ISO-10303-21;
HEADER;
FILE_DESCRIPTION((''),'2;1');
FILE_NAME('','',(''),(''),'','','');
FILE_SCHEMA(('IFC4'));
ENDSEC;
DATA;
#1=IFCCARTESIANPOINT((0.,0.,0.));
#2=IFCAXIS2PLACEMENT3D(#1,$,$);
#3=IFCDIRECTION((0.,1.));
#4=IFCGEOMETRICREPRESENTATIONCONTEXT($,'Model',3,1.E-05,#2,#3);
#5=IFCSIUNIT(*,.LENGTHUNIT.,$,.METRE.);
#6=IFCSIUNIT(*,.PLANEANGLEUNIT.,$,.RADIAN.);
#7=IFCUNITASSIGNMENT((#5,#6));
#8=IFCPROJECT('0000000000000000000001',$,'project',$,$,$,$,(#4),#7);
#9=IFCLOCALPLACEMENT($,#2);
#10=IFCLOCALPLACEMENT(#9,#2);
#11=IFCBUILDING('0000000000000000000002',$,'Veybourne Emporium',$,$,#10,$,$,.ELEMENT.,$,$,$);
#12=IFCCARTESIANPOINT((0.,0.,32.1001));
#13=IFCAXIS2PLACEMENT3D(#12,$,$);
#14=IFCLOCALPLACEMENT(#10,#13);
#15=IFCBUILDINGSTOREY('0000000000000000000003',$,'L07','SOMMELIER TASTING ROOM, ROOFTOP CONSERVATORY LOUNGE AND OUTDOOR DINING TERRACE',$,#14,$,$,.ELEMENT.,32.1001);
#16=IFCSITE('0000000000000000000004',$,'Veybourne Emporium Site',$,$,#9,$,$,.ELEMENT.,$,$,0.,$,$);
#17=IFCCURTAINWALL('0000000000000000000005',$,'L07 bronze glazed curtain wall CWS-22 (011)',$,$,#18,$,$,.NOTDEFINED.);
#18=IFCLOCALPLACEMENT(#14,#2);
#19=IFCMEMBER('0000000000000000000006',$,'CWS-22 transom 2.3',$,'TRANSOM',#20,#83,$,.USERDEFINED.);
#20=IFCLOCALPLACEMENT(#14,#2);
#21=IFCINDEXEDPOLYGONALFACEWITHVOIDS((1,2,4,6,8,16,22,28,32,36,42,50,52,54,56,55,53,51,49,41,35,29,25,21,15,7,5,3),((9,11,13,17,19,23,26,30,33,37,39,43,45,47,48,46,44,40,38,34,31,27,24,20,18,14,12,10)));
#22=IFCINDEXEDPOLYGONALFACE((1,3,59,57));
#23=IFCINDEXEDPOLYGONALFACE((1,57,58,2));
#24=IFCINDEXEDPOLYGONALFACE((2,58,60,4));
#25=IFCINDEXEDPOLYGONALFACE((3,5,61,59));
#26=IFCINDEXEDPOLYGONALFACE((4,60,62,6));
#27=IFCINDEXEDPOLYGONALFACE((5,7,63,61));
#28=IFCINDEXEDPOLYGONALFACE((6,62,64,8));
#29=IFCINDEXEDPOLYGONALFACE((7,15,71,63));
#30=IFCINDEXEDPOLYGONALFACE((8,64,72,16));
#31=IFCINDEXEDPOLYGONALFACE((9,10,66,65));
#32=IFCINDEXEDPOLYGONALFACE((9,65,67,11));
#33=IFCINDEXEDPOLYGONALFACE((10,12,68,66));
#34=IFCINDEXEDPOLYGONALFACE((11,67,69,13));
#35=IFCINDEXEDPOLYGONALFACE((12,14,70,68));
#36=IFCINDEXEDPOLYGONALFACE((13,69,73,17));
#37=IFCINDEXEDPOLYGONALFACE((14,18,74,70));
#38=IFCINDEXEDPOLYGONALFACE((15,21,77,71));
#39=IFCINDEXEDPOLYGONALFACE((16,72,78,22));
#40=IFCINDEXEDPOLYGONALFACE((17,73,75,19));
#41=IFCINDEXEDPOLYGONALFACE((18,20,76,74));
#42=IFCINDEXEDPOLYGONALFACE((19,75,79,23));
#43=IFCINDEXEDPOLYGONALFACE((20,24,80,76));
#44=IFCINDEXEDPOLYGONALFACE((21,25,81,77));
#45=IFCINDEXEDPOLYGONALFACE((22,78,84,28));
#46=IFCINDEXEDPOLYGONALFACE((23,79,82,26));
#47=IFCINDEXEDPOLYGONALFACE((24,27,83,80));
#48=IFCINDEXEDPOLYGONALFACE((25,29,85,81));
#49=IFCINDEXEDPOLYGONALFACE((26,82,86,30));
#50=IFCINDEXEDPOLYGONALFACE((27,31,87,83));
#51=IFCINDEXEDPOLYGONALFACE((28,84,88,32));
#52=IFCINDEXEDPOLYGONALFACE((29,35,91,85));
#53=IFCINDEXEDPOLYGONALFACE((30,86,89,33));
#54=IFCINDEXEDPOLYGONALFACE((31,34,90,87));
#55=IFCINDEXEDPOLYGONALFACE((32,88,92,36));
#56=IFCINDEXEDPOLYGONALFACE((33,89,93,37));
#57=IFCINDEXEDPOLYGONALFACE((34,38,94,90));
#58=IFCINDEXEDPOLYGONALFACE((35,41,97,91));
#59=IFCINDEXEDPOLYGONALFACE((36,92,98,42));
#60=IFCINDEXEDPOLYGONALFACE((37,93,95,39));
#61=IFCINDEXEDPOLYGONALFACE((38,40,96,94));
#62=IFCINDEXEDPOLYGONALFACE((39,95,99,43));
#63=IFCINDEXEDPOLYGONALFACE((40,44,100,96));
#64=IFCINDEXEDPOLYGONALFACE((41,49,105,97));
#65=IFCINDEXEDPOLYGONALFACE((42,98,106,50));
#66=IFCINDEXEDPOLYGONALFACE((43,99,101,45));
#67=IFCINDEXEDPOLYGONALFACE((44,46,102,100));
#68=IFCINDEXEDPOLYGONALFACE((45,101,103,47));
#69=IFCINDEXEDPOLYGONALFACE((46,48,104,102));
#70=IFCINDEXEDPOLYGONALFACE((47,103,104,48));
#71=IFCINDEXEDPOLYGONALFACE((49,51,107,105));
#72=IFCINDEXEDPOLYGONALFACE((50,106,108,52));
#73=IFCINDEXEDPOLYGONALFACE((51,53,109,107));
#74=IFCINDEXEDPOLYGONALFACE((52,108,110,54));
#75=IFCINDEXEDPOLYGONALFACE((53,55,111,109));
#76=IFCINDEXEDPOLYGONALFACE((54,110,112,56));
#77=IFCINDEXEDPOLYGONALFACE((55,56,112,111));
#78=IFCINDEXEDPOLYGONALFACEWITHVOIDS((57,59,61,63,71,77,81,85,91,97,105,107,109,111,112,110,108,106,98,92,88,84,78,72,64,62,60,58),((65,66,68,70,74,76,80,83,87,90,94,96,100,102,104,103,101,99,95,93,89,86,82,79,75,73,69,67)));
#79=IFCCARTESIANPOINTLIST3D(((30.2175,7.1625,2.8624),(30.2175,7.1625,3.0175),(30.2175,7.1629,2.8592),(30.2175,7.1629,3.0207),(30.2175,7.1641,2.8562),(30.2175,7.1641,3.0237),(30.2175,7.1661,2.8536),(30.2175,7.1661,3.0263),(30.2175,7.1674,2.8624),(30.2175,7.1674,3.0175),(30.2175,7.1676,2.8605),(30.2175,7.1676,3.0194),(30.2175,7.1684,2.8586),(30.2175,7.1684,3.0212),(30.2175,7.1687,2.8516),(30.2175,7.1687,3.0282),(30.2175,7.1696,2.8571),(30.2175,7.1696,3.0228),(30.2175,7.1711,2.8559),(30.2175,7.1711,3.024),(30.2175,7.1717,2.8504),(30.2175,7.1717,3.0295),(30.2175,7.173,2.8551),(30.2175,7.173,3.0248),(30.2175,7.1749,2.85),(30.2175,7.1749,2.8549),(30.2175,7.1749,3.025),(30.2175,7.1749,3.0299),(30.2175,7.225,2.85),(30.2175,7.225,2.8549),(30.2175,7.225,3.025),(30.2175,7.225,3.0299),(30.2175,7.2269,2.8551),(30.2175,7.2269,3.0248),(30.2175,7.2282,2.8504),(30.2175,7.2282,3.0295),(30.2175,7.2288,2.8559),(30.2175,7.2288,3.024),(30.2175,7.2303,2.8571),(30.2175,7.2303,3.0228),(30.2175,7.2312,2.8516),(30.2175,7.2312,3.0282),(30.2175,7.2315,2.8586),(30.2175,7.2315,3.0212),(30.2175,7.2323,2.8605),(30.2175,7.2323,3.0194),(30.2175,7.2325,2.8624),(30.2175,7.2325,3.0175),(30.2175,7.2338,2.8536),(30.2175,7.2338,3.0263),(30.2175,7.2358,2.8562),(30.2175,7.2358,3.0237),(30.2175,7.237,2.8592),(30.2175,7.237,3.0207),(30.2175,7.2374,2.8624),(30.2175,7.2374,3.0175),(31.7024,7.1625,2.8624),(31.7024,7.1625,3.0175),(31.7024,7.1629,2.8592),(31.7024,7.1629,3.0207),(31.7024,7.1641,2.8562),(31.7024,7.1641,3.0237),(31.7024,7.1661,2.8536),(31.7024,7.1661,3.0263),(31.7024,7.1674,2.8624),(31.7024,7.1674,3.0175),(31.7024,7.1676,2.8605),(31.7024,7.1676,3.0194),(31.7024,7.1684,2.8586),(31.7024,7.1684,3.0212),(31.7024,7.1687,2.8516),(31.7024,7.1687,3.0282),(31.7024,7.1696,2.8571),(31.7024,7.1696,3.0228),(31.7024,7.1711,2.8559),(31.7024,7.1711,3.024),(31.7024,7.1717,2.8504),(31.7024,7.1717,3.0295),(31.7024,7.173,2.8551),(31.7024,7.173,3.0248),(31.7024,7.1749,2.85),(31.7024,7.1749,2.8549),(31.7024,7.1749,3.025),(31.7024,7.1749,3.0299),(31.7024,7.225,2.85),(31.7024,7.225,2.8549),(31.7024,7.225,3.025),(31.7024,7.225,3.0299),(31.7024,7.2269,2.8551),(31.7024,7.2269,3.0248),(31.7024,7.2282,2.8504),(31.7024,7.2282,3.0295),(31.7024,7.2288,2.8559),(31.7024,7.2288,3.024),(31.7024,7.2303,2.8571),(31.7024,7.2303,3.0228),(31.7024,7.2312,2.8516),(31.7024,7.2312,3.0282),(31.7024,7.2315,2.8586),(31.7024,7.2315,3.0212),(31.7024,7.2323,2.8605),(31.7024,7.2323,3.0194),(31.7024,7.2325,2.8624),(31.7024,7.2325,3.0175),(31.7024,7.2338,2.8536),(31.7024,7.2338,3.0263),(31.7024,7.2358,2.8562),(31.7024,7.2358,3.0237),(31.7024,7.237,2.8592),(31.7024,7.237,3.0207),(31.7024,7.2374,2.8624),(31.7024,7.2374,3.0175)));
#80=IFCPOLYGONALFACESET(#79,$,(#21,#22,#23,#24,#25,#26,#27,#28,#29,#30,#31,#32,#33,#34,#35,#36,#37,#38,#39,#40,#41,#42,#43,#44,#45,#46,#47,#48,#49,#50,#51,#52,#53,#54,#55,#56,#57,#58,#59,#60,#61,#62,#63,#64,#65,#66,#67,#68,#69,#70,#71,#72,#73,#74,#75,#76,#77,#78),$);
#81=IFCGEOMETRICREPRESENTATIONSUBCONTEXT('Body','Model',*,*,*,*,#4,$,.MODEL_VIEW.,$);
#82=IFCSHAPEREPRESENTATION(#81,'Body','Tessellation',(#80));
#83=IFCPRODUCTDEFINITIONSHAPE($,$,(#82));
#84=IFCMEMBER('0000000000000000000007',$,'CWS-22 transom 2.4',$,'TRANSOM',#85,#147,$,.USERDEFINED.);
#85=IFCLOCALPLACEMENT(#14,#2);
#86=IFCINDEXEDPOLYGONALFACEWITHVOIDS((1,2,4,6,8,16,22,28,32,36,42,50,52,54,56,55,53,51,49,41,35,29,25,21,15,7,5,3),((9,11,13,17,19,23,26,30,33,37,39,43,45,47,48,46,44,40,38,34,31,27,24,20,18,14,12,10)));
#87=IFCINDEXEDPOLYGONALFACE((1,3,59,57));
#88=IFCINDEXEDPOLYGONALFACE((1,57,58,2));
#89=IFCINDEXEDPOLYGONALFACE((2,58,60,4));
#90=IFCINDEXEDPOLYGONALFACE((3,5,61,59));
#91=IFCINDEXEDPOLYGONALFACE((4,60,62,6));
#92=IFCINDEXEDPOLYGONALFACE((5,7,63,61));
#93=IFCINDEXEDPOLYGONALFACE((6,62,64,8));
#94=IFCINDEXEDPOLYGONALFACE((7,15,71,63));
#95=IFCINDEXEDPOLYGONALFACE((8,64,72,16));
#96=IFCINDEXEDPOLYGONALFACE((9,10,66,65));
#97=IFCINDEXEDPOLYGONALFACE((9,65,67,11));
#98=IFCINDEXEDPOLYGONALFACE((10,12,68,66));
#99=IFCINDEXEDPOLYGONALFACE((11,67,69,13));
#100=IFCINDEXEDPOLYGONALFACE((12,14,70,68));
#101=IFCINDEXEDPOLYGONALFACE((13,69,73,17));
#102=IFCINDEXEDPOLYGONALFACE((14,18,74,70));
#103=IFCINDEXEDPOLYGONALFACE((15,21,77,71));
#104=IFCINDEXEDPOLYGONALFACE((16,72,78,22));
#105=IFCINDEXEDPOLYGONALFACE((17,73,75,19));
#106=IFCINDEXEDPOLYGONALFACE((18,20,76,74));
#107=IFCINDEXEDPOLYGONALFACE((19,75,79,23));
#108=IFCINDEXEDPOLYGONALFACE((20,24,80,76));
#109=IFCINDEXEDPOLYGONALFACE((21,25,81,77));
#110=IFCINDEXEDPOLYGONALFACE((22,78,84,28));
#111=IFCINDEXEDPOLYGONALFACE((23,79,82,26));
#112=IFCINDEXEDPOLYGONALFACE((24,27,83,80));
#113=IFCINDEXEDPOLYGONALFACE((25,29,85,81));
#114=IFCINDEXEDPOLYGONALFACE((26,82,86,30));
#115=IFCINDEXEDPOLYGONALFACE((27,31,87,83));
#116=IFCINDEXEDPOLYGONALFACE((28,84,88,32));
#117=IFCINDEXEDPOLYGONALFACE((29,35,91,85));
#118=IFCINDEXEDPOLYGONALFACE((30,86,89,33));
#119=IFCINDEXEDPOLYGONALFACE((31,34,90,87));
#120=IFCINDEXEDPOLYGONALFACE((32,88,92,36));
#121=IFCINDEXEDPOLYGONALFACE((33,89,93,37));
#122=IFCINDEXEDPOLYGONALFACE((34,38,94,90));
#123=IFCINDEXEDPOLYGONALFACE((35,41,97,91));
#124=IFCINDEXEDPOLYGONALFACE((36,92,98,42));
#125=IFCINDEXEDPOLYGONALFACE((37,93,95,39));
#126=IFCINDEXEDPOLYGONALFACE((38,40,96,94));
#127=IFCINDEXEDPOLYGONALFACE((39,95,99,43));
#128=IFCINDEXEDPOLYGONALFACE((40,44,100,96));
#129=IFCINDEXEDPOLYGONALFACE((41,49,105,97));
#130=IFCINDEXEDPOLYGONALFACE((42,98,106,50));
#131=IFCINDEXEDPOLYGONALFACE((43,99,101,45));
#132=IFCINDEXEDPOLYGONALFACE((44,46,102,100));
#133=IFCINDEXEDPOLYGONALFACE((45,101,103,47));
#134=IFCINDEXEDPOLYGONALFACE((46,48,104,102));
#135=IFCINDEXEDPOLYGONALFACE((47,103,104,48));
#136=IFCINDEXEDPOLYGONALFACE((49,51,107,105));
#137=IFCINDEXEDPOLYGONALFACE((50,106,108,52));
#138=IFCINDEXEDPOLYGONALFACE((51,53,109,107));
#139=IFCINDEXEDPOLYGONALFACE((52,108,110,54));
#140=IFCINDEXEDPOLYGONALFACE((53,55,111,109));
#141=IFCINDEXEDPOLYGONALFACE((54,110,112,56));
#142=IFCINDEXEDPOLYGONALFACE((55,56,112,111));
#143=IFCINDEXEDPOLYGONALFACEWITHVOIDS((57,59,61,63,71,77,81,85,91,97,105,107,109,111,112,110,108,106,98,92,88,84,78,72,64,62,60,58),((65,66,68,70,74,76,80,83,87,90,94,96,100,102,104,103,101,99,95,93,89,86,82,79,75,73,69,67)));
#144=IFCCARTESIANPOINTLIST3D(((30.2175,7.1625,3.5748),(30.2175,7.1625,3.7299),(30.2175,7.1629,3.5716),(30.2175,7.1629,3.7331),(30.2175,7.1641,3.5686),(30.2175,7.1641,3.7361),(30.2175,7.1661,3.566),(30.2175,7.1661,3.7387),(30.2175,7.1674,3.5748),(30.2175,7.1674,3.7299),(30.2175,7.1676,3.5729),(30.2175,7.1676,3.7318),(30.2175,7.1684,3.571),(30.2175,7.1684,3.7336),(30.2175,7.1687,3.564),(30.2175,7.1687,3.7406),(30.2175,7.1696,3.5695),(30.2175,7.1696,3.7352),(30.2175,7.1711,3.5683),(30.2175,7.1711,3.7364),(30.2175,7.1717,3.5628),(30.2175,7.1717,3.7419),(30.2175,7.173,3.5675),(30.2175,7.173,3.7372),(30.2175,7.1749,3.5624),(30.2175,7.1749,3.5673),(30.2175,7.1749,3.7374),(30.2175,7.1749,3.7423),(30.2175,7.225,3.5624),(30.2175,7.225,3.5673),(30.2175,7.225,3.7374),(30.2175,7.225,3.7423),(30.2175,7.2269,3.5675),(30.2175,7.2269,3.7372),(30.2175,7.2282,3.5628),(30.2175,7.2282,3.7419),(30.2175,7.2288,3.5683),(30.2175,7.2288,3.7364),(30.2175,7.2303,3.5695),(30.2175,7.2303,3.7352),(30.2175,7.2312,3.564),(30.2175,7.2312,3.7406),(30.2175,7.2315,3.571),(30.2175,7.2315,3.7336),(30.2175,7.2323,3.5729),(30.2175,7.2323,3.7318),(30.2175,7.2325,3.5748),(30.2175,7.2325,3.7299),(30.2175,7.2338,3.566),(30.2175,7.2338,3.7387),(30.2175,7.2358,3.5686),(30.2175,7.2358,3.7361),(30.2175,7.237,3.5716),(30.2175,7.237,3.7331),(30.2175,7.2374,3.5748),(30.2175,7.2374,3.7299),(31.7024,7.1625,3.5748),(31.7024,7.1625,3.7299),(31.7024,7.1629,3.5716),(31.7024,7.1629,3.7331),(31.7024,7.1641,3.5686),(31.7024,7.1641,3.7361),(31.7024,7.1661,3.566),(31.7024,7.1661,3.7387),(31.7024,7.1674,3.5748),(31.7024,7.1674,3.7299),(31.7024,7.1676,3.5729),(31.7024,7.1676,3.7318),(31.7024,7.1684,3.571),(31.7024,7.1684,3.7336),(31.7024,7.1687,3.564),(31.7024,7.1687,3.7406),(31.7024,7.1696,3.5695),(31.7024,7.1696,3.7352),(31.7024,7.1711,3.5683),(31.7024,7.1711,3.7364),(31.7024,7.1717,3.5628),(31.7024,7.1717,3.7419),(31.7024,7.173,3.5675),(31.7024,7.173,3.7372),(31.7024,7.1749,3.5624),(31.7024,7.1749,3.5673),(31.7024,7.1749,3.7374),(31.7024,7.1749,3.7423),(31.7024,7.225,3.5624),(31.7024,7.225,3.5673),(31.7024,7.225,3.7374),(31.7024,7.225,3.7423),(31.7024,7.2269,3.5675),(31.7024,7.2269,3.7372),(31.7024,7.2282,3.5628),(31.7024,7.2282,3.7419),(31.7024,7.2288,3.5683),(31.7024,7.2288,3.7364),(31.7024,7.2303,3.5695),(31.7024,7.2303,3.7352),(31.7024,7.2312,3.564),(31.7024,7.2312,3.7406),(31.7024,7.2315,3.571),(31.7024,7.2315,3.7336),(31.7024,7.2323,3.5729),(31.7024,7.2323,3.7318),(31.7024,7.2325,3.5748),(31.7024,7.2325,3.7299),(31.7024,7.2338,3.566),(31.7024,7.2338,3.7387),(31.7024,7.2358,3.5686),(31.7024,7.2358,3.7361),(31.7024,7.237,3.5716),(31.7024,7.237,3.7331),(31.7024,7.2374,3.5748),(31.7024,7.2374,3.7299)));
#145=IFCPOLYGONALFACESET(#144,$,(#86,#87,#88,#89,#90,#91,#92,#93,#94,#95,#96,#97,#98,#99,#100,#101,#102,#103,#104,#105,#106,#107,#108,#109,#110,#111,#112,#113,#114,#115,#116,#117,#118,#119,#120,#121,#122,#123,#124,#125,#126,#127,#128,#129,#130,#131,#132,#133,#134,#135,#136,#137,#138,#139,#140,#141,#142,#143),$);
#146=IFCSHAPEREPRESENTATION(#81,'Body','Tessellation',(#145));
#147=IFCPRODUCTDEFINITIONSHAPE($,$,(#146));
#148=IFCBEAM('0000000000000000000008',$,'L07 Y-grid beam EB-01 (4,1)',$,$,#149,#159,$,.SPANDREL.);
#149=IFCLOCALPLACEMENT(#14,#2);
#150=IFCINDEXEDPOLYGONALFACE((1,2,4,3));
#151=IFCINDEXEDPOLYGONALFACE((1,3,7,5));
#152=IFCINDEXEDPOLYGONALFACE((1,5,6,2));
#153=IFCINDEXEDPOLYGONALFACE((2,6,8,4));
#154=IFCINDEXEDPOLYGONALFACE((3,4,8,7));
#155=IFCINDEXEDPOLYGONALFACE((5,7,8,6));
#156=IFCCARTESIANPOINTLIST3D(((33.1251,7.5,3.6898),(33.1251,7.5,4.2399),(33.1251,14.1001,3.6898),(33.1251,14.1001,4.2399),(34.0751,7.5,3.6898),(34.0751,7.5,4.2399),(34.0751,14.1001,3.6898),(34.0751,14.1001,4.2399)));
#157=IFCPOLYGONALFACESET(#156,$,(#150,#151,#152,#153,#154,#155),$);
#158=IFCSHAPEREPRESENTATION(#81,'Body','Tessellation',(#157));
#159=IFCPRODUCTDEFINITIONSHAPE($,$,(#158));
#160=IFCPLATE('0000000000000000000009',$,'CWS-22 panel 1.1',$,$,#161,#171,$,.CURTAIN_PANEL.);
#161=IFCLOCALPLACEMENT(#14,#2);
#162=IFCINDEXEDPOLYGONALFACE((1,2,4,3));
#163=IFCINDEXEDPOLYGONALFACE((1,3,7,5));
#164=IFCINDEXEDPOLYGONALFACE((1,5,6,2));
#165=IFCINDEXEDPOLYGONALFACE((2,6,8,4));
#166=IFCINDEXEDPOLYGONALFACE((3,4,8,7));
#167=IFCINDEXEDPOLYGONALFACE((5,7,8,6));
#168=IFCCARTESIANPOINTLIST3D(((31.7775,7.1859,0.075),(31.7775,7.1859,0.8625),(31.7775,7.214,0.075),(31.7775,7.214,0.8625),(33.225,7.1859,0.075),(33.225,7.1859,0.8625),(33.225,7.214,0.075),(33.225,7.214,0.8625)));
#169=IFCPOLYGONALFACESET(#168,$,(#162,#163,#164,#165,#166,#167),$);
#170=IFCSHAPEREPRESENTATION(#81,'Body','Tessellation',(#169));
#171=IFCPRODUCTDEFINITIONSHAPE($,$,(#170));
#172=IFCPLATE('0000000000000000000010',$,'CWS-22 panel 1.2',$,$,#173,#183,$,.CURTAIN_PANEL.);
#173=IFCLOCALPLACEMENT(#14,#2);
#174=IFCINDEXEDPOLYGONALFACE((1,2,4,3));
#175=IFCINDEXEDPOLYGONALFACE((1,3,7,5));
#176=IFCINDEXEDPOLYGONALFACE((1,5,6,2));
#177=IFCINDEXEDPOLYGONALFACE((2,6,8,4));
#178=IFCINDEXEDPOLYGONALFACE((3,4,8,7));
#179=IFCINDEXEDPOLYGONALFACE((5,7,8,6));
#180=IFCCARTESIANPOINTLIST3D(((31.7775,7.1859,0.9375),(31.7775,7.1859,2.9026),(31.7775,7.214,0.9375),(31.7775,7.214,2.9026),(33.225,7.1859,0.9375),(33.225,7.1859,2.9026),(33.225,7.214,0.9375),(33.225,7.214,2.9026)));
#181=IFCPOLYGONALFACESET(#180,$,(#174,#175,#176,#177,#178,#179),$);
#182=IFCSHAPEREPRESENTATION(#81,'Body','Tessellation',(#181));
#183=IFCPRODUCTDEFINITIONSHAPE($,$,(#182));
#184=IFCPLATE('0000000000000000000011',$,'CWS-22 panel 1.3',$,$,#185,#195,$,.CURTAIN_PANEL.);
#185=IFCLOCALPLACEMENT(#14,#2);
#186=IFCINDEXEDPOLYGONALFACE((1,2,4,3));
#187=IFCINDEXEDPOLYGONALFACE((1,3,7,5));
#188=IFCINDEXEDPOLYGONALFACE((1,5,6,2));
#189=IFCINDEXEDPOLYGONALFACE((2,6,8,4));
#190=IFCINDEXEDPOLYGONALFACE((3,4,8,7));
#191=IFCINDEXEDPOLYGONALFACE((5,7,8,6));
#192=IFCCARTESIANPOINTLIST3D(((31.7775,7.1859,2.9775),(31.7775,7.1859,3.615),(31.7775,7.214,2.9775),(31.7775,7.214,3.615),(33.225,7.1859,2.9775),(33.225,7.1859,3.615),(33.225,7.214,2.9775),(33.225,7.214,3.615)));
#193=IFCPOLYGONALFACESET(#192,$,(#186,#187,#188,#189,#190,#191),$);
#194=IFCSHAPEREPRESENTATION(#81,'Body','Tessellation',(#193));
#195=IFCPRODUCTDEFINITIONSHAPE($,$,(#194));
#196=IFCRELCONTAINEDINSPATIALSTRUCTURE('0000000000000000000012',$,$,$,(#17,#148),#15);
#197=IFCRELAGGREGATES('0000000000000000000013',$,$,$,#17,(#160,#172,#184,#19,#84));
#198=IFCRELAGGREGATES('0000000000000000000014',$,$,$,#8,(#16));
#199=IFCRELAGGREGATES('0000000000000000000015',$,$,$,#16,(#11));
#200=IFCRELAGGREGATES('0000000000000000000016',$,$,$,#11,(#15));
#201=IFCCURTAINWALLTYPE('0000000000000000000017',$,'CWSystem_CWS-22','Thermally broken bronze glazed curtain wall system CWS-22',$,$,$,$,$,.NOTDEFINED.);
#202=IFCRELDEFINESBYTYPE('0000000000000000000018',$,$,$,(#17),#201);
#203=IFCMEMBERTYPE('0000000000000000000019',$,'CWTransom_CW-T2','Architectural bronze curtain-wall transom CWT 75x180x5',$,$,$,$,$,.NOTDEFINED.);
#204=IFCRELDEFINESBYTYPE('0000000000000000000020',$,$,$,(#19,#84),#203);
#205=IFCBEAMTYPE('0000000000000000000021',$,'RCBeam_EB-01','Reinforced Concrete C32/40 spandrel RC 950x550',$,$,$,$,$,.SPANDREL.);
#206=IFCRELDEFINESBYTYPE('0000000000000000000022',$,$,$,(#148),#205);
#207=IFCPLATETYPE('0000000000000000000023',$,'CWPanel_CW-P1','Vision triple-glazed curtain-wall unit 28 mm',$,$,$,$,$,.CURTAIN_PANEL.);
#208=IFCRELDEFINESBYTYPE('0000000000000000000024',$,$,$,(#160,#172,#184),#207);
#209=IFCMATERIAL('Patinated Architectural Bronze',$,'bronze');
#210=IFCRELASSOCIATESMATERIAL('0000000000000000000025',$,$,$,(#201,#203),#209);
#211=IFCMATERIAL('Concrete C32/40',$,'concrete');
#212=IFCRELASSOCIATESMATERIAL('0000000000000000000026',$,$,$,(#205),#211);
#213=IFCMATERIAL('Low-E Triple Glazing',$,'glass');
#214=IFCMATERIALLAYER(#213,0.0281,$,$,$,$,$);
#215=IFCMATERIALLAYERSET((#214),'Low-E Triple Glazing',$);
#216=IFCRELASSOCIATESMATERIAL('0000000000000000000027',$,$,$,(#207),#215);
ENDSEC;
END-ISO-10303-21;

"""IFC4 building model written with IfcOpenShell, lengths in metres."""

from ifc_helpers import new_model, si_unit, direction, frame, origin, origin_2d, place, context, subcontext, project, spatial, rectangle, hollow_rectangle, extrude, material, layer, layer_set, material_profile, profile_set, type_object, element, aggregate, save


model = new_model("IFC4")

# Units and contexts
model_context = context("Model", 3, precision=1e-05, world=origin(), true_north=direction((0.0, 1.0)))
body_context = subcontext(model_context, "Body", "Model", "MODEL_VIEW")
ifc_project = project(units=[si_unit("LENGTHUNIT", "METRE"), si_unit("PLANEANGLEUNIT", "RADIAN")], contexts=[model_context])

# Site, building, storey
site_placement = place(None, origin())
site = spatial("IfcSite", under=ifc_project, at=site_placement, Name="Veybourne Emporium Site", CompositionType="ELEMENT", RefElevation=0.0)
building_placement = place(site_placement, origin())
building = spatial("IfcBuilding", under=site, at=building_placement, Name="Veybourne Emporium", CompositionType="ELEMENT")
storey_placement = place(building_placement, frame((0.0, 0.0, 32.1001)))
storey = spatial("IfcBuildingStorey", under=building, at=storey_placement, Name="L07", Description="SOMMELIER TASTING ROOM, ROOFTOP CONSERVATORY LOUNGE AND OUTDOOR DINING TERRACE", CompositionType="ELEMENT", Elevation=32.1001)

# Curtain wall, members
ifc_material_1 = material(Name="Patinated Architectural Bronze", Category="bronze")
curtain_wall_type = type_object("IfcCurtainWallType", Name="CWSystem_CWS-22", Description="Thermally broken bronze glazed curtain wall system CWS-22", PredefinedType="NOTDEFINED", material=ifc_material_1)
curtain_wall_placement = place(storey_placement, origin())
curtain_wall = element("IfcCurtainWall", 1, at=curtain_wall_placement, inside=storey, type_object=curtain_wall_type, Name="L07 bronze glazed curtain wall CWS-22 (011)", PredefinedType="NOTDEFINED")
ifc_material_profile_1 = material_profile(ifc_material_1, hollow_rectangle(XDim=0.075, YDim=0.1799, WallThickness=0.0049, InnerFilletRadius=0.0076, OuterFilletRadius=0.0125, at=origin_2d()), Name="CWT 75x180x5")
ifc_profile_set_1 = profile_set([ifc_material_profile_1], Name="Patinated Architectural Bronze")
member_type_1 = type_object("IfcMemberType", Name="CWTransom_CW-T2", Description="Architectural bronze curtain-wall transom CWT 75x180x5", PredefinedType="NOTDEFINED", material=ifc_profile_set_1)
member_1_placement = place(storey_placement, frame((31.7024, 7.2, 2.9399), z_axis=(-1.0, 0.0, 0.0), x_axis=(0.0, -1.0, 0.0)))
member_1 = element("IfcMember", 2, at=member_1_placement, type_object=member_type_1, Name="CWS-22 transom 2.3", ObjectType="TRANSOM", PredefinedType="USERDEFINED", context=body_context, shape_type="SweptSolid", body=[
    extrude(hollow_rectangle(XDim=0.075, YDim=0.1799, WallThickness=0.0049, InnerFilletRadius=0.0076, OuterFilletRadius=0.0125, at=origin_2d()), origin(), (0.0, 0.0, 1.0), 1.4849),
])
member_2_placement = place(storey_placement, frame((31.7024, 7.2, 3.6523), z_axis=(-1.0, 0.0, 0.0), x_axis=(0.0, -1.0, 0.0)))
member_2 = element("IfcMember", 3, at=member_2_placement, type_object=member_type_1, Name="CWS-22 transom 2.4", ObjectType="TRANSOM", PredefinedType="USERDEFINED", context=body_context, shape_type="SweptSolid", body=[
    extrude(hollow_rectangle(XDim=0.075, YDim=0.1799, WallThickness=0.0049, InnerFilletRadius=0.0076, OuterFilletRadius=0.0125, at=origin_2d()), origin(), (0.0, 0.0, 1.0), 1.4849),
])

# Beam
ifc_material_2 = material(Name="Concrete C32/40", Category="concrete")
ifc_material_profile_2 = material_profile(ifc_material_2, rectangle(XDim=0.95, YDim=0.55, at=origin_2d()), Name="RC 950x550")
ifc_profile_set_2 = profile_set([ifc_material_profile_2], Name="Concrete C32/40")
beam_type = type_object("IfcBeamType", Name="RCBeam_EB-01", Description="Reinforced Concrete C32/40 spandrel RC 950x550", PredefinedType="SPANDREL", material=ifc_profile_set_2)
beam_placement = place(storey_placement, frame((33.6001, 7.5, 3.9648), z_axis=(0.0, 1.0, 0.0), x_axis=(-1.0, 0.0, 0.0)))
element("IfcBeam", 4, at=beam_placement, inside=storey, type_object=beam_type, Name="L07 Y-grid beam EB-01 (4,1)", PredefinedType="SPANDREL", context=body_context, shape_type="SweptSolid", body=[
    extrude(rectangle(XDim=0.95, YDim=0.55, at=origin_2d()), origin(), (0.0, 0.0, 1.0), 6.6001),
])

# Plates
ifc_material_3 = material(Name="Low-E Triple Glazing", Category="glass")
ifc_layer_1 = layer(ifc_material_3, 0.0281)
ifc_layer_set_1 = layer_set([ifc_layer_1], Name="Low-E Triple Glazing")
plate_type = type_object("IfcPlateType", Name="CWPanel_CW-P1", Description="Vision triple-glazed curtain-wall unit 28 mm", PredefinedType="CURTAIN_PANEL", material=ifc_layer_set_1)
plate_1_placement = place(storey_placement, frame((32.5012, 7.2, 0.075), z_axis=(0.0, 0.0, 1.0), x_axis=(-1.0, 0.0, 0.0)))
plate_1 = element("IfcPlate", 5, at=plate_1_placement, type_object=plate_type, Name="CWS-22 panel 1.1", PredefinedType="CURTAIN_PANEL", context=body_context, shape_type="SweptSolid", body=[
    extrude(rectangle(XDim=1.4475, YDim=0.0281, at=origin_2d()), origin(), (0.0, 0.0, 1.0), 0.7876),
])
plate_2_placement = place(storey_placement, frame((32.5012, 7.2, 0.9375), z_axis=(0.0, 0.0, 1.0), x_axis=(-1.0, 0.0, 0.0)))
plate_2 = element("IfcPlate", 6, at=plate_2_placement, type_object=plate_type, Name="CWS-22 panel 1.2", PredefinedType="CURTAIN_PANEL", context=body_context, shape_type="SweptSolid", body=[
    extrude(rectangle(XDim=1.4475, YDim=0.0281, at=origin_2d()), origin(), (0.0, 0.0, 1.0), 1.9651),
])
plate_3_placement = place(storey_placement, frame((32.5012, 7.2, 2.9775), z_axis=(0.0, 0.0, 1.0), x_axis=(-1.0, 0.0, 0.0)))
plate_3 = element("IfcPlate", 7, at=plate_3_placement, type_object=plate_type, Name="CWS-22 panel 1.3", PredefinedType="CURTAIN_PANEL", context=body_context, shape_type="SweptSolid", body=[
    extrude(rectangle(XDim=1.4475, YDim=0.0281, at=origin_2d()), origin(), (0.0, 0.0, 1.0), 0.6375),
])
aggregate(curtain_wall, [plate_1, plate_2, plate_3, member_1, member_2])

save(model, "model.ifc")
